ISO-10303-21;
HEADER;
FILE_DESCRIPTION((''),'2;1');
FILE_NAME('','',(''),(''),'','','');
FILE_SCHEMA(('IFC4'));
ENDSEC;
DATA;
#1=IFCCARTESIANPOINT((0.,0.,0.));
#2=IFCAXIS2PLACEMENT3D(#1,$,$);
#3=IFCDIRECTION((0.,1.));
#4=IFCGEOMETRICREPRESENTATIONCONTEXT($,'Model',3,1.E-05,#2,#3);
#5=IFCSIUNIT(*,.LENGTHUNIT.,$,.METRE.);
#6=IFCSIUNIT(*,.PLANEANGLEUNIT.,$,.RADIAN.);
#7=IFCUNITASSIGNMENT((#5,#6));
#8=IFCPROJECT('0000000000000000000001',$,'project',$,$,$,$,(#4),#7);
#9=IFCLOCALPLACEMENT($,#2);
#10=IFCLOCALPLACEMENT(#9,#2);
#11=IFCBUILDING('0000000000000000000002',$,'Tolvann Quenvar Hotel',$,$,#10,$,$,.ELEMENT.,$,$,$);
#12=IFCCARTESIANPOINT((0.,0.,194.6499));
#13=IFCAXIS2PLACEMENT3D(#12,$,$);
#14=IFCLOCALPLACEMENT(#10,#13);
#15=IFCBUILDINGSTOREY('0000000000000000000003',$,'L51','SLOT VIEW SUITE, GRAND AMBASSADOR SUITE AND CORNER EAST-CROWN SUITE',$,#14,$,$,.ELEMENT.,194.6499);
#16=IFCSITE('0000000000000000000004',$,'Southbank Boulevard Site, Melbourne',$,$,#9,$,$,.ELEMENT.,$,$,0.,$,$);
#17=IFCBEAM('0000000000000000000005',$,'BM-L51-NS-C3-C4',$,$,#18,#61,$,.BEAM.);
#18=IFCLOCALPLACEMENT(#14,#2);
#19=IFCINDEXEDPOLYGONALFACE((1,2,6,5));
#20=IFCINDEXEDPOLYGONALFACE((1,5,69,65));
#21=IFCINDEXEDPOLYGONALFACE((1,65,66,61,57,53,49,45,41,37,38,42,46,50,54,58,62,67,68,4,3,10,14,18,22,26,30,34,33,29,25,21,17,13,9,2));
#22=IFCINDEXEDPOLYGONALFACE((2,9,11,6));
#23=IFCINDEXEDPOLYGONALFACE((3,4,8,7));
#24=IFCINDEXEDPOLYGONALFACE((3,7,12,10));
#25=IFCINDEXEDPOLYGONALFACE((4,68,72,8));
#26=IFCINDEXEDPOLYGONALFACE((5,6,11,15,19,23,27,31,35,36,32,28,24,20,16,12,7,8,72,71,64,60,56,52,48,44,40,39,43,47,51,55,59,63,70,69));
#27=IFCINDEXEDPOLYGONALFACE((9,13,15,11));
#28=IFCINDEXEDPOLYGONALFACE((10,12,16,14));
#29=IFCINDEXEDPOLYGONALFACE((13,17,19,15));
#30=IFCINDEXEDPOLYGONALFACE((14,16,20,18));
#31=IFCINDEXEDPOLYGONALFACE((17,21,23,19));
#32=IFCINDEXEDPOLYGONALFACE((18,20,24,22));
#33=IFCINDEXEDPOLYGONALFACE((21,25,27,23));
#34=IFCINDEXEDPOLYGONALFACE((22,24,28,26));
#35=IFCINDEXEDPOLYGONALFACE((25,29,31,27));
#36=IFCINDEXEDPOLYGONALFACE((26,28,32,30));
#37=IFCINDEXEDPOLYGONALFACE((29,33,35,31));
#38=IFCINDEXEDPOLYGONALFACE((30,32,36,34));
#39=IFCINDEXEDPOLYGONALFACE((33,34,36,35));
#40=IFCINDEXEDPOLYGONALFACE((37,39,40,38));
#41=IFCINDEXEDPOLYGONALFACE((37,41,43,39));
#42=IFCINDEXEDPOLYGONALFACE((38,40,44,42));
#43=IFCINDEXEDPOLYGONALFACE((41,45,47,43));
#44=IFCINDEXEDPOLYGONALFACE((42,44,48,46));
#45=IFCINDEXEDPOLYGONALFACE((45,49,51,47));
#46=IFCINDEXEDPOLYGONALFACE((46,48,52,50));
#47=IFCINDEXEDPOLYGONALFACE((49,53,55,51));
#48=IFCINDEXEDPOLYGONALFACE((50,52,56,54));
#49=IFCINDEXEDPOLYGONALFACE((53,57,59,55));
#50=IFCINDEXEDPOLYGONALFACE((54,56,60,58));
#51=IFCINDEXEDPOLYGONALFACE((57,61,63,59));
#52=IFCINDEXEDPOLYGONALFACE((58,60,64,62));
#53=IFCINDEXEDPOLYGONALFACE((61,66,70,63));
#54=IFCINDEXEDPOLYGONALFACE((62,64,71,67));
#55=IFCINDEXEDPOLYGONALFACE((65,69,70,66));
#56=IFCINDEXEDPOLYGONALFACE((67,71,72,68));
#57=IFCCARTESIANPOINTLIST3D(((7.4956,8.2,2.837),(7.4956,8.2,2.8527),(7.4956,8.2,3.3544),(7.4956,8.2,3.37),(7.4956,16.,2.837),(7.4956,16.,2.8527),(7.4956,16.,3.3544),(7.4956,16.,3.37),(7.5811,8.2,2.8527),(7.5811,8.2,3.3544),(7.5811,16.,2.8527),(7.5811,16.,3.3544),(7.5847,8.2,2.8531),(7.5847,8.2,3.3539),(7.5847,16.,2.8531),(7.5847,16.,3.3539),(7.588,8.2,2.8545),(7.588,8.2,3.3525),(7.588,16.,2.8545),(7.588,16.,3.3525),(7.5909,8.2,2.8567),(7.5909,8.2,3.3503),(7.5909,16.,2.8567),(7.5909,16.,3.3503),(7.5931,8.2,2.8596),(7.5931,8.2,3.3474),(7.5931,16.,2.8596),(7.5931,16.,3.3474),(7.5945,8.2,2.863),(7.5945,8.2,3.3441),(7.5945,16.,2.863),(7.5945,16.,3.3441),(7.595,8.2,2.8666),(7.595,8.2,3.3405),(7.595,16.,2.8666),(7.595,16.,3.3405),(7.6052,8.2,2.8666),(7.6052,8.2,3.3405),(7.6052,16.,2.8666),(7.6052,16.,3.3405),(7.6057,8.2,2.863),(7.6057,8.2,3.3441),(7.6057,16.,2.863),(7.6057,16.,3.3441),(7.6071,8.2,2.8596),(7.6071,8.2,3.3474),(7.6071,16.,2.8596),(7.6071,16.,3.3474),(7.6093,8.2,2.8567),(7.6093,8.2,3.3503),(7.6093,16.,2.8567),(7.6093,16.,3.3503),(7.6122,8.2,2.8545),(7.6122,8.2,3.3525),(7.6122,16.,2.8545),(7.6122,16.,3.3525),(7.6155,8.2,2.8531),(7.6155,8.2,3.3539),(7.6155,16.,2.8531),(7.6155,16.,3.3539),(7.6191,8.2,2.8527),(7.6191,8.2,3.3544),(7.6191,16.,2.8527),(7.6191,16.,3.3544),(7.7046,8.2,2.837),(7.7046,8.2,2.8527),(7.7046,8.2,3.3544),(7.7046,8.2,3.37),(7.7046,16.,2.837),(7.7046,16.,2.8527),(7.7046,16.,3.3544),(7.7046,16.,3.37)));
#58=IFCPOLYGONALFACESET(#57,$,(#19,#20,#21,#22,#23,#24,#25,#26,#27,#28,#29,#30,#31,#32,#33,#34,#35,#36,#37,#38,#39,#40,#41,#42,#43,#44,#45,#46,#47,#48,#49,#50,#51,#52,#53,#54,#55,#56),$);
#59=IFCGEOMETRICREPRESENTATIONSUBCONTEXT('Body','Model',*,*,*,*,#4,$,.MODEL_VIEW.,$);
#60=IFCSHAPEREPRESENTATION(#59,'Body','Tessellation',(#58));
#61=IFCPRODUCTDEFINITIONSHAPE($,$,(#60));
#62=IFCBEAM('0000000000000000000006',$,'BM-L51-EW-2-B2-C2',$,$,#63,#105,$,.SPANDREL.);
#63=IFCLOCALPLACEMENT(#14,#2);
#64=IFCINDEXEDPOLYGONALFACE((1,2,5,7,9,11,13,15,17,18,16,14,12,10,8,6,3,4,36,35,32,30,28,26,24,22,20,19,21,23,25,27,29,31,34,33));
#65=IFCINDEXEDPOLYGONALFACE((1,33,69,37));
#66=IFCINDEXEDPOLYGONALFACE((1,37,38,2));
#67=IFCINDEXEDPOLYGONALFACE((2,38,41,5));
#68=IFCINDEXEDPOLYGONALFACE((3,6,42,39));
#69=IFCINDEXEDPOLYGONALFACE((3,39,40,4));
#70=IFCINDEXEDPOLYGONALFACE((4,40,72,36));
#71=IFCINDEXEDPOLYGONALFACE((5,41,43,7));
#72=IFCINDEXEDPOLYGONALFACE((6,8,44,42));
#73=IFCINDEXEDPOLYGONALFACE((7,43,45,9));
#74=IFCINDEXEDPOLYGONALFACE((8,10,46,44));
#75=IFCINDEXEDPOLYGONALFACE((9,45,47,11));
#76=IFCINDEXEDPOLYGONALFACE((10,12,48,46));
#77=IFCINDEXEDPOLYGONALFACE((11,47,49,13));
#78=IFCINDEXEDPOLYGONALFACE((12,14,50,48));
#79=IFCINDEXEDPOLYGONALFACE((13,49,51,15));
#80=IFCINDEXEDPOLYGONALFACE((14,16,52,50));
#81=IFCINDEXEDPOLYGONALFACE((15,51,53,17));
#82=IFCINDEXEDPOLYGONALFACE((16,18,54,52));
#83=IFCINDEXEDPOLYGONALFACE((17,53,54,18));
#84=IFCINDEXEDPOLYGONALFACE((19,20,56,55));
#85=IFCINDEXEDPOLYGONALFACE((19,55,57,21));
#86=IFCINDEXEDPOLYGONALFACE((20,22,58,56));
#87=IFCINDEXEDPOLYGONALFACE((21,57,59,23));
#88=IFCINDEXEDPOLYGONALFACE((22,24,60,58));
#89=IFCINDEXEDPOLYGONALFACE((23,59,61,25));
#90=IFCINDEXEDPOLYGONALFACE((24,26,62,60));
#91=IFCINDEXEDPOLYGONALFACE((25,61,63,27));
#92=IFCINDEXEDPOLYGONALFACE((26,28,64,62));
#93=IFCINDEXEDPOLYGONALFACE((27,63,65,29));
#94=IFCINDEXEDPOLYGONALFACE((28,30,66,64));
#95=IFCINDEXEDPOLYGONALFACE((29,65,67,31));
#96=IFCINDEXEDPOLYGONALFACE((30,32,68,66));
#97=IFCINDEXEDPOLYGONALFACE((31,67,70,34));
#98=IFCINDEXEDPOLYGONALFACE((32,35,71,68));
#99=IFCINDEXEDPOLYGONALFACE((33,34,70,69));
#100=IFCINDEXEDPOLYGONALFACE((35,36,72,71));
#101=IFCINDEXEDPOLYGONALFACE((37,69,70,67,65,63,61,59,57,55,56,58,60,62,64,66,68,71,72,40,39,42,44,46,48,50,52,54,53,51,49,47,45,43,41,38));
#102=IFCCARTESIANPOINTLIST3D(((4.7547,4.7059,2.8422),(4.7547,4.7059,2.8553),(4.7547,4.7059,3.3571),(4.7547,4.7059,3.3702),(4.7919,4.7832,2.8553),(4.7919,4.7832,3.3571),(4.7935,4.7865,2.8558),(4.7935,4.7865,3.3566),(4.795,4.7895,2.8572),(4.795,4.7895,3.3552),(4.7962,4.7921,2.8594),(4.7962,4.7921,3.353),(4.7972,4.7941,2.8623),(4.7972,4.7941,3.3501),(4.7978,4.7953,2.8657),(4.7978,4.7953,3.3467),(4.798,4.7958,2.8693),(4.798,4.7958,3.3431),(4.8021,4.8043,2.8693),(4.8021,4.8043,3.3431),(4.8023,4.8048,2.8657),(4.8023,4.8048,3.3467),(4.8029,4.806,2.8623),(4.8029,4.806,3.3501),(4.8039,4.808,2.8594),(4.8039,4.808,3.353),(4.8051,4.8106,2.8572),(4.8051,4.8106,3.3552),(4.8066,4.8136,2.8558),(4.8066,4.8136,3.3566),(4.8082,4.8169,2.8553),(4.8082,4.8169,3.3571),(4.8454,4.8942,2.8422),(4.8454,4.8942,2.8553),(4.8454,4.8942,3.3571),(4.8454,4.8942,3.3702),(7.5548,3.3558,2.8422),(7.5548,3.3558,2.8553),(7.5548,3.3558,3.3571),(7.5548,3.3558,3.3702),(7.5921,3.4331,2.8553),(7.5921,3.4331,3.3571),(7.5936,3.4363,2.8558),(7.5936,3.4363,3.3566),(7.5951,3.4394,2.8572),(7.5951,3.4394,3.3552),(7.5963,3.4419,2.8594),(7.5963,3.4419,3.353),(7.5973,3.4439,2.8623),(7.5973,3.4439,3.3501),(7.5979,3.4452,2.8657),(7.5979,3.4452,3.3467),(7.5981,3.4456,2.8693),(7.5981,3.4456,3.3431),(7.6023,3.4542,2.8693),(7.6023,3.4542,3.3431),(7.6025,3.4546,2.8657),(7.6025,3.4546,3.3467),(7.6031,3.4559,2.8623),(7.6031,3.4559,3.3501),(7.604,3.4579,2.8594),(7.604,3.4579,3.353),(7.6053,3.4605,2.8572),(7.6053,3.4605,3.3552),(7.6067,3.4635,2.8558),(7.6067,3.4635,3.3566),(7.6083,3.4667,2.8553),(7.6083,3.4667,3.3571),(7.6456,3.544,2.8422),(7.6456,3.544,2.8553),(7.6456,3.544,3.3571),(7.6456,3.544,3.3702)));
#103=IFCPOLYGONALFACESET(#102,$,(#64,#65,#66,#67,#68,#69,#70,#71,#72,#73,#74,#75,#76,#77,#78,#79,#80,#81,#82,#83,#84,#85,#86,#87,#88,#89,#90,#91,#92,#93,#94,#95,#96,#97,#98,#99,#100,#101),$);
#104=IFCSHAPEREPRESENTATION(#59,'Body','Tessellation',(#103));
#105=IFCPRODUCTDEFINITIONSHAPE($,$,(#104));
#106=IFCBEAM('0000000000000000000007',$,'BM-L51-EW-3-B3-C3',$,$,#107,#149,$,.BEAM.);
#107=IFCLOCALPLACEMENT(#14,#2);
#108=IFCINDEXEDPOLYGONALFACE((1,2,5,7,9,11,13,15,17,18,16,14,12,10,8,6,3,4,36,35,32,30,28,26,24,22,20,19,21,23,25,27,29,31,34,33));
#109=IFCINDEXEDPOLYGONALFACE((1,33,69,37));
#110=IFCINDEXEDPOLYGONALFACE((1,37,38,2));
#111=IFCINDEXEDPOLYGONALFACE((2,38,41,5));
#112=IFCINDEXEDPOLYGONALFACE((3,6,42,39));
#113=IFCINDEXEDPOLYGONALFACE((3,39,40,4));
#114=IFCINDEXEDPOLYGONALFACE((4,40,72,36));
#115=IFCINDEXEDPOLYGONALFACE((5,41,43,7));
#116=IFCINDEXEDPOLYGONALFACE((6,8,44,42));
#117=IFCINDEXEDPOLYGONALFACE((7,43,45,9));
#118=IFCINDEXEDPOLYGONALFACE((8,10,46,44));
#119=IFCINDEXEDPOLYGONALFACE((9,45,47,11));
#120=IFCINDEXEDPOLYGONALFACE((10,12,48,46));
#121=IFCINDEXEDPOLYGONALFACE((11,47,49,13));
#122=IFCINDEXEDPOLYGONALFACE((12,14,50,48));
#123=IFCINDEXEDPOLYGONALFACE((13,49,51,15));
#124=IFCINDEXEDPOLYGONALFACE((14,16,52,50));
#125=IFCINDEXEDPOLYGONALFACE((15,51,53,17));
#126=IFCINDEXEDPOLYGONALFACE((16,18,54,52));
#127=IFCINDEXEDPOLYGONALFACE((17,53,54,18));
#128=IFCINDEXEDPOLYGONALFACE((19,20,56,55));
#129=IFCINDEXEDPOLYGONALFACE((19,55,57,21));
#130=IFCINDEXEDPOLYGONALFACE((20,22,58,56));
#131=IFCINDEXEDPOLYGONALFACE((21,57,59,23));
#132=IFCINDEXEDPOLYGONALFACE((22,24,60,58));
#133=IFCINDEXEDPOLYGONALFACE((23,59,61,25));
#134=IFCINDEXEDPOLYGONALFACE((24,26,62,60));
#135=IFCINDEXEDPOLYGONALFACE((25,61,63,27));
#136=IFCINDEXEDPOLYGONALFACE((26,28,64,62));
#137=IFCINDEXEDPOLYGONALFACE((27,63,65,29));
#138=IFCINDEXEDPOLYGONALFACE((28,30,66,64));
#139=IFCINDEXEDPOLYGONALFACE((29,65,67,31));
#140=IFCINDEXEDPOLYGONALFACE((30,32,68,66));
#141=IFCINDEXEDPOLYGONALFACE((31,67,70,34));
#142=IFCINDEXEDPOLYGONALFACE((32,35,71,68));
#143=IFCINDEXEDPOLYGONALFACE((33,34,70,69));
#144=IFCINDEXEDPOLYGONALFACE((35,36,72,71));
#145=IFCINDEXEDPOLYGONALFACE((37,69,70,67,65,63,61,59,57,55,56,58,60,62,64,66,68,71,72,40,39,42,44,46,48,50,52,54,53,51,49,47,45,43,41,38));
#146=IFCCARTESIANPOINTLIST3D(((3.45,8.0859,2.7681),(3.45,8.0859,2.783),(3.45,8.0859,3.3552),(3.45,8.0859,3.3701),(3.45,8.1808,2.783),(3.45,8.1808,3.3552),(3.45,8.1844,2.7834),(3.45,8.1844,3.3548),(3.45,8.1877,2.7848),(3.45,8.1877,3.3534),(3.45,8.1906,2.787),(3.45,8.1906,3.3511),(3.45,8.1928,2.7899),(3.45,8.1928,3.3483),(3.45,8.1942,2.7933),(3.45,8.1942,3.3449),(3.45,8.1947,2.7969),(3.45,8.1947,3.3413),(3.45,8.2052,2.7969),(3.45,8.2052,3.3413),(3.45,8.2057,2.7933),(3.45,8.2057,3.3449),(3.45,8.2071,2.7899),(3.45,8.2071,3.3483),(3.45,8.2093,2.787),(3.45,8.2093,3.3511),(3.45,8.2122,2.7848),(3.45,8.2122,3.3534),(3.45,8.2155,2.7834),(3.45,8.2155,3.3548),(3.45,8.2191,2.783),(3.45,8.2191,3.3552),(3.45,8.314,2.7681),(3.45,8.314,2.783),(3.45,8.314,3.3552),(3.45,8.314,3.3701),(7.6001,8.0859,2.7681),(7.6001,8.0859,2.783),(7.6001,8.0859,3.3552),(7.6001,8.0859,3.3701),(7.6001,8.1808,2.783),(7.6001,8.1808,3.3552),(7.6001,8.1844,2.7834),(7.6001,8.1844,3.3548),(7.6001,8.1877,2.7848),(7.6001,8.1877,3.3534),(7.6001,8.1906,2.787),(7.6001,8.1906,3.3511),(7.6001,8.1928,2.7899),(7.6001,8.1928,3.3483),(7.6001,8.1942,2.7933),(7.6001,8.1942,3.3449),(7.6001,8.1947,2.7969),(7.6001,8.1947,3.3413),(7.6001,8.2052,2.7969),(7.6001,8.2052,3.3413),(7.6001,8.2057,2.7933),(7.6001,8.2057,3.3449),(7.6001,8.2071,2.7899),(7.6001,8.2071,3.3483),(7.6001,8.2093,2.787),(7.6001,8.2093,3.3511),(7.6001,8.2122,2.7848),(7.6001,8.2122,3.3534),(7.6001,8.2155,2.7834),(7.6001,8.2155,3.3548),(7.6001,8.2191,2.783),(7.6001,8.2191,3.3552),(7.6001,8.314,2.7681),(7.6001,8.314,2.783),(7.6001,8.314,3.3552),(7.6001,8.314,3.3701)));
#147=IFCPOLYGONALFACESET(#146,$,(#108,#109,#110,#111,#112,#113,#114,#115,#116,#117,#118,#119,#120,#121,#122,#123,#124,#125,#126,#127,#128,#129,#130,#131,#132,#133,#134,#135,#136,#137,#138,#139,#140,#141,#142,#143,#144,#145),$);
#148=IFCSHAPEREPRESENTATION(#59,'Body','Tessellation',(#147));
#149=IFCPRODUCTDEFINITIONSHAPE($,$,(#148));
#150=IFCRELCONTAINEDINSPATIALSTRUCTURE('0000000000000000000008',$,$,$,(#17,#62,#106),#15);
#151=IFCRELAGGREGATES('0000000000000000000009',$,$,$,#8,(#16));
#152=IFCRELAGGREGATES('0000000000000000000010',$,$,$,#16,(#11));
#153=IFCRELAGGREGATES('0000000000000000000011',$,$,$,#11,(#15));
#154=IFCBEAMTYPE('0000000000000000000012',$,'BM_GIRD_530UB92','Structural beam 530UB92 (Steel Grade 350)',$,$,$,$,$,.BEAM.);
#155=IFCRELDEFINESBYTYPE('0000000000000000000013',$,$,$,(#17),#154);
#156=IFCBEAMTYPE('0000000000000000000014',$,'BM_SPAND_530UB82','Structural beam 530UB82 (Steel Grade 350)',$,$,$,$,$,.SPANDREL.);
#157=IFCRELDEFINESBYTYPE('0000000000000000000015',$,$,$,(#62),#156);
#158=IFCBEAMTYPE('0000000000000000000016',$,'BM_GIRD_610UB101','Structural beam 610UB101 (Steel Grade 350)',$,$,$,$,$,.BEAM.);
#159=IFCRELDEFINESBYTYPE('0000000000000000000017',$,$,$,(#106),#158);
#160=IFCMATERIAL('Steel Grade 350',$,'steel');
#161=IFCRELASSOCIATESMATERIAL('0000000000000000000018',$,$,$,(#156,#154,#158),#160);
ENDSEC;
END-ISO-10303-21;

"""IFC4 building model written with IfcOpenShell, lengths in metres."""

from ifc_helpers import new_model, si_unit, direction, frame, origin, origin_2d, place, context, subcontext, project, spatial, i_section, extrude, source, transform, mapped, material, material_profile, profile_set, type_object, element, save


model = new_model("IFC4")

# Units and contexts
model_context = context("Model", 3, precision=1e-05, world=origin(), true_north=direction((0.0, 1.0)))
body_context = subcontext(model_context, "Body", "Model", "MODEL_VIEW")
ifc_project = project(units=[si_unit("LENGTHUNIT", "METRE"), si_unit("PLANEANGLEUNIT", "RADIAN")], contexts=[model_context])

# Site, building, storey
site_placement = place(None, origin())
site = spatial("IfcSite", under=ifc_project, at=site_placement, Name="Southbank Boulevard Site, Melbourne", CompositionType="ELEMENT", RefElevation=0.0)
building_placement = place(site_placement, origin())
building = spatial("IfcBuilding", under=site, at=building_placement, Name="Tolvann Quenvar Hotel", CompositionType="ELEMENT")
storey_placement = place(building_placement, frame((0.0, 0.0, 194.6499)))
storey = spatial("IfcBuildingStorey", under=building, at=storey_placement, Name="L51", Description="SLOT VIEW SUITE, GRAND AMBASSADOR SUITE AND CORNER EAST-CROWN SUITE", CompositionType="ELEMENT", Elevation=194.6499)

# Shared definitions
ifc_material_1 = material(Name="Steel Grade 350", Category="steel")

# Beams
ifc_material_profile_1 = material_profile(ifc_material_1, i_section(OverallWidth=0.209, OverallDepth=0.5281, WebThickness=0.0095, FlangeThickness=0.0132, FilletRadius=0.0139, at=origin_2d()), Name="530UB82")
ifc_profile_set_1 = profile_set([ifc_material_profile_1], Name="Steel Grade 350")
beam_type_1 = type_object("IfcBeamType", Name="BM_SPAND_530UB82", Description="Structural beam 530UB82 (Steel Grade 350)", PredefinedType="SPANDREL", material=ifc_profile_set_1)
ifc_material_profile_2 = material_profile(ifc_material_1, i_section(OverallWidth=0.209, OverallDepth=0.533, WebThickness=0.0103, FlangeThickness=0.0156, FilletRadius=0.0139, at=origin_2d()), Name="530UB92")
ifc_profile_set_2 = profile_set([ifc_material_profile_2], Name="Steel Grade 350")
beam_type_2 = type_object("IfcBeamType", Name="BM_GIRD_530UB92", Description="Structural beam 530UB92 (Steel Grade 350)", PredefinedType="BEAM", material=ifc_profile_set_2)
shared_shape_1 = source(origin(), body_context, "Body", "SweptSolid", [
    extrude(i_section(OverallWidth=0.209, OverallDepth=0.533, WebThickness=0.0103, FlangeThickness=0.0156, FilletRadius=0.0139, at=origin_2d()), origin(), (0.0, 0.0, 1.0), 7.8),
])
beam_1_placement = place(storey_placement, frame((7.6001, 8.2, 3.1035), z_axis=(0.0, 1.0, 0.0), x_axis=(-1.0, 0.0, 0.0)))
element("IfcBeam", 1, at=beam_1_placement, inside=storey, type_object=beam_type_2, Name="BM-L51-NS-C3-C4", PredefinedType="BEAM", context=body_context, shape_type="MappedRepresentation", body=[
    mapped(shared_shape_1, transform((0.0, 0.0, 0.0), x_axis=(1.0, 0.0, 0.0), y_axis=(0.0, 1.0, 0.0), z_axis=(0.0, 0.0, 1.0), scale=1.0)),
])
shared_shape_2 = source(origin(), body_context, "Body", "SweptSolid", [
    extrude(i_section(OverallWidth=0.209, OverallDepth=0.5281, WebThickness=0.0095, FlangeThickness=0.0132, FilletRadius=0.0139, at=origin_2d()), origin(), (0.0, 0.0, 1.0), 3.1086),
])
beam_2_placement = place(storey_placement, frame((4.8, 4.8, 3.1062), z_axis=(0.900759, -0.434319, 0.0), x_axis=(0.434319, 0.900759, 0.0)))
element("IfcBeam", 2, at=beam_2_placement, inside=storey, type_object=beam_type_1, Name="BM-L51-EW-2-B2-C2", PredefinedType="SPANDREL", context=body_context, shape_type="MappedRepresentation", body=[
    mapped(shared_shape_2, transform((0.0, 0.0, 0.0), x_axis=(1.0, 0.0, 0.0), y_axis=(0.0, 1.0, 0.0), z_axis=(0.0, 0.0, 1.0), scale=1.0)),
])
ifc_material_profile_3 = material_profile(ifc_material_1, i_section(OverallWidth=0.228, OverallDepth=0.6021, WebThickness=0.0105, FlangeThickness=0.0149, FilletRadius=0.0139, at=origin_2d()), Name="610UB101")
ifc_profile_set_3 = profile_set([ifc_material_profile_3], Name="Steel Grade 350")
beam_type_3 = type_object("IfcBeamType", Name="BM_GIRD_610UB101", Description="Structural beam 610UB101 (Steel Grade 350)", PredefinedType="BEAM", material=ifc_profile_set_3)
shared_shape_3 = source(origin(), body_context, "Body", "SweptSolid", [
    extrude(i_section(OverallWidth=0.228, OverallDepth=0.6021, WebThickness=0.0105, FlangeThickness=0.0149, FilletRadius=0.0139, at=origin_2d()), origin(), (0.0, 0.0, 1.0), 4.1501),
])
beam_3_placement = place(storey_placement, frame((3.45, 8.2, 3.0691), z_axis=(1.0, 0.0, 0.0), x_axis=(0.0, 1.0, 0.0)))
element("IfcBeam", 3, at=beam_3_placement, inside=storey, type_object=beam_type_3, Name="BM-L51-EW-3-B3-C3", PredefinedType="BEAM", context=body_context, shape_type="MappedRepresentation", body=[
    mapped(shared_shape_3, transform((0.0, 0.0, 0.0), x_axis=(1.0, 0.0, 0.0), y_axis=(0.0, 1.0, 0.0), z_axis=(0.0, 0.0, 1.0), scale=1.0)),
])

save(model, "model.ifc")
